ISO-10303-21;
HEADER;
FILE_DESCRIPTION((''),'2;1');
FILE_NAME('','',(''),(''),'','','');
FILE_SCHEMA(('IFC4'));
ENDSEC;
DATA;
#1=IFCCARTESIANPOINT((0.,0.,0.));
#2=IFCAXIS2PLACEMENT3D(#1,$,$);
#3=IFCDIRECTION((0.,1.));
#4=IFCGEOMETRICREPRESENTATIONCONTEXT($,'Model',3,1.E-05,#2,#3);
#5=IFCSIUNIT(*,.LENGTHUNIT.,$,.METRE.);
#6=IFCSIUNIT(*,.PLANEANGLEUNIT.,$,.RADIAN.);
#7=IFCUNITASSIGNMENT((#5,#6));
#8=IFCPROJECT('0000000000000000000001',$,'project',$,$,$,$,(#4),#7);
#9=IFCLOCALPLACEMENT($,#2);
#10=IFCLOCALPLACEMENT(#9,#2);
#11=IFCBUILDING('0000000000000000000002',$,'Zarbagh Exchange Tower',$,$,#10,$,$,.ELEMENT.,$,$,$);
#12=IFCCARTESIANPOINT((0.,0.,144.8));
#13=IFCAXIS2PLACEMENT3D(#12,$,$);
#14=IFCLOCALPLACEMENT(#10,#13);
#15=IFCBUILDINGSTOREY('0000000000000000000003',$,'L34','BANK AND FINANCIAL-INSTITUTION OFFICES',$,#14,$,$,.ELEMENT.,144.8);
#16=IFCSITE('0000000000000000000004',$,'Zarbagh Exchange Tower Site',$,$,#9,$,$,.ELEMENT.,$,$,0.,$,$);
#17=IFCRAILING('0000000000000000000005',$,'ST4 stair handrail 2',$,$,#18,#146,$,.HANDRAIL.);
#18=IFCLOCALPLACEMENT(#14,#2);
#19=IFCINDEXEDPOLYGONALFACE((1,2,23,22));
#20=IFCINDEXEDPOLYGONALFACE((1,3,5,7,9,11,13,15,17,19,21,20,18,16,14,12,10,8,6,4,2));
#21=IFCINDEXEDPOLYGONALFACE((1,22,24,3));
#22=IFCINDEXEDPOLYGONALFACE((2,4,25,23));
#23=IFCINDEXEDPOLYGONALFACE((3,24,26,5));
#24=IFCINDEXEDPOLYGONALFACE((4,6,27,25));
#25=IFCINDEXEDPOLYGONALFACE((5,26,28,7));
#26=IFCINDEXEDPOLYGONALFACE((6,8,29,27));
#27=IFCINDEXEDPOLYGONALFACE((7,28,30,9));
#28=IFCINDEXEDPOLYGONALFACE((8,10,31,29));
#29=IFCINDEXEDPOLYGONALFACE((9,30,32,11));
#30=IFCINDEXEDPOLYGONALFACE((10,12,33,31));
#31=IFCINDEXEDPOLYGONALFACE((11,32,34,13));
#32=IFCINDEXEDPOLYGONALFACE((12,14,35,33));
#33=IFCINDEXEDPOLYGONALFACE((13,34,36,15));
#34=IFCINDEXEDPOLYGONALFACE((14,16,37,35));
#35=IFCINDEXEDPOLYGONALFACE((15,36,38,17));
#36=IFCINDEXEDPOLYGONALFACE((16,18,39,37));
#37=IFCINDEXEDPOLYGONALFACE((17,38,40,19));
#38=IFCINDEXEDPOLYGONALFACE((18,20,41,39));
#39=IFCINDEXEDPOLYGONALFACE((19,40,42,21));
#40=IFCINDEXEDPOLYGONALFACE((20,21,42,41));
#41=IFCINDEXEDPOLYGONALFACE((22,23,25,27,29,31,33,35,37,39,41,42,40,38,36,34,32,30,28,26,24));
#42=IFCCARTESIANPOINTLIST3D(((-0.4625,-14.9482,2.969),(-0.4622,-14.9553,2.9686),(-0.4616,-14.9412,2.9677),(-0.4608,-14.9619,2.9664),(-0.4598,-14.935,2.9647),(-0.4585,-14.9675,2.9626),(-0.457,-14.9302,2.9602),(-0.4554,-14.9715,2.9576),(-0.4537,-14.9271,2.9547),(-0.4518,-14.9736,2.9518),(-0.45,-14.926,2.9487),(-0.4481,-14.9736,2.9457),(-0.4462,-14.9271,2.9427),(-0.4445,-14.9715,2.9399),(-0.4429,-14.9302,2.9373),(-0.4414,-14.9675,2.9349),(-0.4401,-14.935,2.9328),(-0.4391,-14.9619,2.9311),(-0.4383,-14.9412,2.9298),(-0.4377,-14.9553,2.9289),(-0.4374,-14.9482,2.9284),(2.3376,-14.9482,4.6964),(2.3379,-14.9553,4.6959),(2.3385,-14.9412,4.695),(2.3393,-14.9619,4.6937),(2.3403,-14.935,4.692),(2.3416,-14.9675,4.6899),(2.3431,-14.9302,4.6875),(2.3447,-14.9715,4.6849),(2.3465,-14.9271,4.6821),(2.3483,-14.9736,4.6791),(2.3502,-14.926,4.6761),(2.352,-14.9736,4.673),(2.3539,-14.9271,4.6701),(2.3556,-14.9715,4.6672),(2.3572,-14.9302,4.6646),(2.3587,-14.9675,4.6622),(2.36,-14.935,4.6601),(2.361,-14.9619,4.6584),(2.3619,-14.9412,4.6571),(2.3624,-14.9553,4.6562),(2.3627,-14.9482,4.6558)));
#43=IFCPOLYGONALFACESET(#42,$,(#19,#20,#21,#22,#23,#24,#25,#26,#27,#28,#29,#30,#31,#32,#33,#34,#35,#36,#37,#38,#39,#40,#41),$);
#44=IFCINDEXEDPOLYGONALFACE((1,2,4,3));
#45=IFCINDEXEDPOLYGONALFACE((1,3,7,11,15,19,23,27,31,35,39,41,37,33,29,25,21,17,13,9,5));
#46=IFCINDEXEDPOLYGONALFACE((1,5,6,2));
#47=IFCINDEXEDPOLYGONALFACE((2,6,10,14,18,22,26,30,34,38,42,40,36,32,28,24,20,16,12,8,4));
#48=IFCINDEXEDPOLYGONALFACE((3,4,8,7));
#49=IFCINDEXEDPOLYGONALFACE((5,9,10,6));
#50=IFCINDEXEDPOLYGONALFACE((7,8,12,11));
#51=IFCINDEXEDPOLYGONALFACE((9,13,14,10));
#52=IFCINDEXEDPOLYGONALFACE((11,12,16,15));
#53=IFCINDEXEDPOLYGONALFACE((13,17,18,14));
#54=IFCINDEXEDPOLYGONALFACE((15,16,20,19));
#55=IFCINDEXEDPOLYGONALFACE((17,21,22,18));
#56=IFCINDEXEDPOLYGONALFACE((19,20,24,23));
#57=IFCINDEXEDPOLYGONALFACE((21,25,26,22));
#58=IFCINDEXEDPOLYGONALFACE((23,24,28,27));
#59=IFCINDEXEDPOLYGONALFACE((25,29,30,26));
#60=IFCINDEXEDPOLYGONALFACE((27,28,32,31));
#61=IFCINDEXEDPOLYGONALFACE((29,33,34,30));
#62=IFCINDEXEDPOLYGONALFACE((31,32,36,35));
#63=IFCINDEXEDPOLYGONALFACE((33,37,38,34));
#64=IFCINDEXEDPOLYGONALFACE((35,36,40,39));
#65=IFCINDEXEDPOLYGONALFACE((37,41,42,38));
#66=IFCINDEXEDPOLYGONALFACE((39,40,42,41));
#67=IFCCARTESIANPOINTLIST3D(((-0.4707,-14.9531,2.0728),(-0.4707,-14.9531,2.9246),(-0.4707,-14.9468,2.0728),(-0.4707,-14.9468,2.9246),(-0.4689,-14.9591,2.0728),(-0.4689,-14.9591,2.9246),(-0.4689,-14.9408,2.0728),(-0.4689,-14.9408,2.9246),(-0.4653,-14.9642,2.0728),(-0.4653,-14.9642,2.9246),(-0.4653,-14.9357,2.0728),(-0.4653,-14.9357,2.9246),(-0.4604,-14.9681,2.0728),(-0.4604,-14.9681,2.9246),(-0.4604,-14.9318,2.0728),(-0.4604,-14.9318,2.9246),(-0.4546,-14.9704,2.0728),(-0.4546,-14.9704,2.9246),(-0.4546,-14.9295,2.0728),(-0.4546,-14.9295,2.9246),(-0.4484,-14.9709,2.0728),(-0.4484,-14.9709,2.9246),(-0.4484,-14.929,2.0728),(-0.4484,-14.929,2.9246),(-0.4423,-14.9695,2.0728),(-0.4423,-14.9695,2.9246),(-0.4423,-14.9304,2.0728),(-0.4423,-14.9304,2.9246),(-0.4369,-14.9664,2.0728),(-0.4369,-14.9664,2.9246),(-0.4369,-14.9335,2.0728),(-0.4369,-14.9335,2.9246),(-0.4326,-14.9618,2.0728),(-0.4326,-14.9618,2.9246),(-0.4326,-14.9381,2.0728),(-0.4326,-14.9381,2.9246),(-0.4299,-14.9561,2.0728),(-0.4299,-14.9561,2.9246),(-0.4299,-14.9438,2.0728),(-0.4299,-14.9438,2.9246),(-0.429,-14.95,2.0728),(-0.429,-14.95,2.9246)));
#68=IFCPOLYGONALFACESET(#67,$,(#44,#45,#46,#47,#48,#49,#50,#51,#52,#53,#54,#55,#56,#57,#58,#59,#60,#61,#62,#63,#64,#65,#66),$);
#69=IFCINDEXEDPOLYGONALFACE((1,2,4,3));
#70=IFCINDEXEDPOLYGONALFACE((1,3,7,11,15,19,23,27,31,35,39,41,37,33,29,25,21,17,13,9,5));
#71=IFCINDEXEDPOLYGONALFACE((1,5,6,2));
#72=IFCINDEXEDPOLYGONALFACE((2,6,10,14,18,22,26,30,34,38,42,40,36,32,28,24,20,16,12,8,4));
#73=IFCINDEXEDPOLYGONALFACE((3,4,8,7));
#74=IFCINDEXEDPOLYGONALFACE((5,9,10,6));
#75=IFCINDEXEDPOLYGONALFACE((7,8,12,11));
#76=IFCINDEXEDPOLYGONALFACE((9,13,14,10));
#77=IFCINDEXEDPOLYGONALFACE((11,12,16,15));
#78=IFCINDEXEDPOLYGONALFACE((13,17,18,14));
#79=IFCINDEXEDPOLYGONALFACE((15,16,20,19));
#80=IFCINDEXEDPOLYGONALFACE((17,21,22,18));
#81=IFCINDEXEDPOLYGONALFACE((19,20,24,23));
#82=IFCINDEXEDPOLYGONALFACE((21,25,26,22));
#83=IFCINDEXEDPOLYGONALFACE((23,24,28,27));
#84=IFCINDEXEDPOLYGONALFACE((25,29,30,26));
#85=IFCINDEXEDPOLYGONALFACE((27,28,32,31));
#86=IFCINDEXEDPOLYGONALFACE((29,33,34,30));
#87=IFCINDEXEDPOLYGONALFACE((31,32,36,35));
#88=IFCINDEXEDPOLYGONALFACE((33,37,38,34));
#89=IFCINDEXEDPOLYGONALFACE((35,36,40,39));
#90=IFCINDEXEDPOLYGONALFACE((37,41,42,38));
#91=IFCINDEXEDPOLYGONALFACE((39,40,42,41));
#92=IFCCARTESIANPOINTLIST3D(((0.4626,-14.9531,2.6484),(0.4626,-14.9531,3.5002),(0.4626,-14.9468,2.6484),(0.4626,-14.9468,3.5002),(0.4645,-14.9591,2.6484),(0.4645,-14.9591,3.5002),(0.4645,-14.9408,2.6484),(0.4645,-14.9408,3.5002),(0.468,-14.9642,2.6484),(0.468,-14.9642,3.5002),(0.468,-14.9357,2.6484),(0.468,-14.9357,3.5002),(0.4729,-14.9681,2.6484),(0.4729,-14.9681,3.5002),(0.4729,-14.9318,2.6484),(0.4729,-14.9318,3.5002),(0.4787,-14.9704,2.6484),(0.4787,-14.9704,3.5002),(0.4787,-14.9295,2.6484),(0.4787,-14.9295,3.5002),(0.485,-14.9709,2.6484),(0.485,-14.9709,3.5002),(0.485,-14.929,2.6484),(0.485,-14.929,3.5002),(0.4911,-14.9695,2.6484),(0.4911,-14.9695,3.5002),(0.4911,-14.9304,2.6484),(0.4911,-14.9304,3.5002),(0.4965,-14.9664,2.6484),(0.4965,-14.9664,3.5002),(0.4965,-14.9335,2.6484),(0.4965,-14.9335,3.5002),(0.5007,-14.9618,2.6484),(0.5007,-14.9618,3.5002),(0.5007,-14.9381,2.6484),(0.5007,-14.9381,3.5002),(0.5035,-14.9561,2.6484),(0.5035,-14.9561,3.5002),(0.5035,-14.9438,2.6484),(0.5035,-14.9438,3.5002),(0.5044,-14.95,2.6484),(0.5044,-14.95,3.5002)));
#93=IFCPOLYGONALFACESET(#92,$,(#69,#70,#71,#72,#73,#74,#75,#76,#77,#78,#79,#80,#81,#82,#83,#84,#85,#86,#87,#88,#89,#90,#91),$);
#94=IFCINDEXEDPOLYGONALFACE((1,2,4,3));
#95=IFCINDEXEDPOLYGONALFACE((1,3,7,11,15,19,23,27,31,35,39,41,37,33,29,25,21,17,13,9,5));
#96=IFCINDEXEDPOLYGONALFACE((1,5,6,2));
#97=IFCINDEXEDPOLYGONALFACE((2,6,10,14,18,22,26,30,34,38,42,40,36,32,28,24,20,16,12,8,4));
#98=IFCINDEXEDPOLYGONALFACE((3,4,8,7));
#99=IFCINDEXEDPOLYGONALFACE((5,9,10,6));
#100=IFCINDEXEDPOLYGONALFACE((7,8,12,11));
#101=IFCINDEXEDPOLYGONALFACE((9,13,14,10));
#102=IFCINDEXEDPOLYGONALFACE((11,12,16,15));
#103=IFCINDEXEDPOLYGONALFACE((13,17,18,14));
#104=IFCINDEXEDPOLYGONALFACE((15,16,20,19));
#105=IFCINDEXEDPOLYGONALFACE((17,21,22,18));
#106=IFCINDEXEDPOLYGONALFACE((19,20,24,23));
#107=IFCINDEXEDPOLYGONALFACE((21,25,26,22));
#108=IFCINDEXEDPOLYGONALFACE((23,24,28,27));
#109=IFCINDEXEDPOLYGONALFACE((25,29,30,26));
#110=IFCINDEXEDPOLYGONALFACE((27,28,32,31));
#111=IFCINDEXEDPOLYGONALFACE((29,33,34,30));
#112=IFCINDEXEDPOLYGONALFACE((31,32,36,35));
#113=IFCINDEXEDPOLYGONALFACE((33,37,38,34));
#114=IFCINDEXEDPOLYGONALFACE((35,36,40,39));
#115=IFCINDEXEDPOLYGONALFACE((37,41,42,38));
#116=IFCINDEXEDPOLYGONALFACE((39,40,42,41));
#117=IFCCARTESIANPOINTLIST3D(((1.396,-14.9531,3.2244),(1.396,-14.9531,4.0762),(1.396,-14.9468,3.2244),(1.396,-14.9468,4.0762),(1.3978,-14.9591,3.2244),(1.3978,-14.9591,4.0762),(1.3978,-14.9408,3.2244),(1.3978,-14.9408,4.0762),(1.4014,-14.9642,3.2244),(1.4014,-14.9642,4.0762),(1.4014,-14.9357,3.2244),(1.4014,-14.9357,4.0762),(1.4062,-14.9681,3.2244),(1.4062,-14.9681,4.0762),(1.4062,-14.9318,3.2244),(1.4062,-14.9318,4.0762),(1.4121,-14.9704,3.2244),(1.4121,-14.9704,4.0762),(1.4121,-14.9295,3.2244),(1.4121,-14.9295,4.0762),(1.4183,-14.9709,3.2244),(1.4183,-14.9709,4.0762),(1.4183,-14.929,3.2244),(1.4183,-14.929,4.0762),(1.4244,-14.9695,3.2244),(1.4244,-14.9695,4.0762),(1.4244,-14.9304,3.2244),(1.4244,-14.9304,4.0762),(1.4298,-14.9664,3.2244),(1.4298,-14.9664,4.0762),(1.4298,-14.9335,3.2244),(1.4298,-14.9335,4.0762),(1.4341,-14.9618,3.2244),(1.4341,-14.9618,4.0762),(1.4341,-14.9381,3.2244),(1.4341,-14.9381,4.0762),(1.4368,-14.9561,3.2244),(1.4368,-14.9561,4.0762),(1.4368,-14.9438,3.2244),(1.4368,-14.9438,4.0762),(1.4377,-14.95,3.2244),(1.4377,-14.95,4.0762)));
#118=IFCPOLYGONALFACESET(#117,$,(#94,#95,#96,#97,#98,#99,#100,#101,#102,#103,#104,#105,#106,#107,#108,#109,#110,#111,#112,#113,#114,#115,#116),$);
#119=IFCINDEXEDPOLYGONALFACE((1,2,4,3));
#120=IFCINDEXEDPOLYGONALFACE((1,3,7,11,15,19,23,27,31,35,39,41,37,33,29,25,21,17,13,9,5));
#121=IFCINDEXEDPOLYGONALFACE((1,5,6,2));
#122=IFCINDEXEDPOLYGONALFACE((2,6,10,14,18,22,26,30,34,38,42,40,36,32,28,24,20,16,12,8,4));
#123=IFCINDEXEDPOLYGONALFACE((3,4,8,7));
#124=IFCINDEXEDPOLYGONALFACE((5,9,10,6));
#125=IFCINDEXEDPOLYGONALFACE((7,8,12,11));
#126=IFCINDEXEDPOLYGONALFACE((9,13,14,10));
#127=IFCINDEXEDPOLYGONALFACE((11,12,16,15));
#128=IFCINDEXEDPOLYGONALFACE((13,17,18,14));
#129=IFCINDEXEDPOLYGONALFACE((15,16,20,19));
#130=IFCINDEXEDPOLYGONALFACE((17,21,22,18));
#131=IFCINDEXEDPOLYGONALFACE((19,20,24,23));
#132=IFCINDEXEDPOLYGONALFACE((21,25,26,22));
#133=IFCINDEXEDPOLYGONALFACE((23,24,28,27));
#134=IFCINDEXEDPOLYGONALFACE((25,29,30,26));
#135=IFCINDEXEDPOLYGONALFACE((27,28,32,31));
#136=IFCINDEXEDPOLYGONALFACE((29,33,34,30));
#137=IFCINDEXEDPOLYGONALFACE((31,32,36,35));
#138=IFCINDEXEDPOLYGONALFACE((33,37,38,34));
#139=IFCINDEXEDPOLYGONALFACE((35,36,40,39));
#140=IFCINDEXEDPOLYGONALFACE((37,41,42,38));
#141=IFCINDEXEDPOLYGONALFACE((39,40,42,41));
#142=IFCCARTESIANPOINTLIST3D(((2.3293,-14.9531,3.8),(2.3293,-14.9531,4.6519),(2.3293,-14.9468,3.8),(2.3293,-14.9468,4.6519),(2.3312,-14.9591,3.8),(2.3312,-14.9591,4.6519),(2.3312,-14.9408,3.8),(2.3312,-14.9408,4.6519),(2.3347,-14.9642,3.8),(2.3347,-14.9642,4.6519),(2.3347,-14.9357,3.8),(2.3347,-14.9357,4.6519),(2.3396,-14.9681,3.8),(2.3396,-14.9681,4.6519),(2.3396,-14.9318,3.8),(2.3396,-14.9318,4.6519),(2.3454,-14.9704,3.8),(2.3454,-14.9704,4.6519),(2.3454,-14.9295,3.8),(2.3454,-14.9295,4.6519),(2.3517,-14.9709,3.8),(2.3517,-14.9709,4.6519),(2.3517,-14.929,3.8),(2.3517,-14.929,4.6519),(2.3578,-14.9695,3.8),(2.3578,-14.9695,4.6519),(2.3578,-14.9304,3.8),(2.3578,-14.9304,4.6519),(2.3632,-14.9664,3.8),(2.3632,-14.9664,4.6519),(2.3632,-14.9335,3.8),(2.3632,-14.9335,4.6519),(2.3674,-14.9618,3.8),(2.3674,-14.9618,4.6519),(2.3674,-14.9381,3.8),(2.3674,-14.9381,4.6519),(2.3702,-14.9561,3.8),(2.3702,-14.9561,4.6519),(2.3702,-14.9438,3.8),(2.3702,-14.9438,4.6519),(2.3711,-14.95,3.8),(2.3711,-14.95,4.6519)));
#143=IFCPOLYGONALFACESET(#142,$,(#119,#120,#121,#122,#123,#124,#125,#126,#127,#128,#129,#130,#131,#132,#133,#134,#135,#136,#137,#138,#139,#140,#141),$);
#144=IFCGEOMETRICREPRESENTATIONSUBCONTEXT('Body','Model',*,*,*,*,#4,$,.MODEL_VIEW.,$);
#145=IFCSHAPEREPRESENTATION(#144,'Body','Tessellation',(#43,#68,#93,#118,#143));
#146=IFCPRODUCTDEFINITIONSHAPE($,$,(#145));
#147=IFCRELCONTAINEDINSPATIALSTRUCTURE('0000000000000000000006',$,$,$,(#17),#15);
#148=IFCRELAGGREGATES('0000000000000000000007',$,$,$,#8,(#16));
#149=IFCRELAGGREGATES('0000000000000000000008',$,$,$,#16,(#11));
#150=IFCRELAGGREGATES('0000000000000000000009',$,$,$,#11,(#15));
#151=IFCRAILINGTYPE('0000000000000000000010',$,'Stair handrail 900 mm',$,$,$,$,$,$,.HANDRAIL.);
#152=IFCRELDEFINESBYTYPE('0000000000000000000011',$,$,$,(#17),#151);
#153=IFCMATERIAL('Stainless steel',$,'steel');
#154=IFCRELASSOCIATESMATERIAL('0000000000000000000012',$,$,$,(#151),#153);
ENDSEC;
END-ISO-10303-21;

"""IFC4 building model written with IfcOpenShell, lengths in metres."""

from ifc_helpers import new_model, si_unit, direction, frame, origin, origin_2d, place, context, subcontext, project, spatial, circle, extrude, material, type_object, element, save


model = new_model("IFC4")

# Units and contexts
model_context = context("Model", 3, precision=1e-05, world=origin(), true_north=direction((0.0, 1.0)))
body_context = subcontext(model_context, "Body", "Model", "MODEL_VIEW")
ifc_project = project(units=[si_unit("LENGTHUNIT", "METRE"), si_unit("PLANEANGLEUNIT", "RADIAN")], contexts=[model_context])

# Site, building, storey
site_placement = place(None, origin())
site = spatial("IfcSite", under=ifc_project, at=site_placement, Name="Zarbagh Exchange Tower Site", CompositionType="ELEMENT", RefElevation=0.0)
building_placement = place(site_placement, origin())
building = spatial("IfcBuilding", under=site, at=building_placement, Name="Zarbagh Exchange Tower", CompositionType="ELEMENT")
storey_placement = place(building_placement, frame((0.0, 0.0, 144.8)))
storey = spatial("IfcBuildingStorey", under=building, at=storey_placement, Name="L34", Description="BANK AND FINANCIAL-INSTITUTION OFFICES", CompositionType="ELEMENT", Elevation=144.8)

# Shared definitions
ifc_material_1 = material(Name="Stainless steel", Category="steel")

# Railing
railing_type_1 = type_object("IfcRailingType", Name="Stair handrail 900 mm", PredefinedType="HANDRAIL", material=ifc_material_1)
for number, where, name in (
    (1, (-0.45, -14.95, 2.0728), "ST4 stair handrail 2"),
):
    element("IfcRailing", number, at=place(storey_placement, frame(where)), inside=storey, type_object=railing_type_1, Name=name, PredefinedType="HANDRAIL", context=body_context, shape_type="SweptSolid", body=[
        extrude(circle(Radius=0.0239, at=origin_2d()), frame((0.0, 0.0, 0.876), z_axis=(0.85109, 0.0, 0.52502), x_axis=(0.0, 1.0, 0.0)), (0.0, 0.0, 1.0), 3.29),
        extrude(circle(Radius=0.021, at=origin_2d()), origin(), (0.0, 0.0, 1.0), 0.8518),
        extrude(circle(Radius=0.021, at=origin_2d()), frame((0.9333, 0.0, 0.5757)), (0.0, 0.0, 1.0), 0.8518),
        extrude(circle(Radius=0.021, at=origin_2d()), frame((1.8667, 0.0, 1.1516)), (0.0, 0.0, 1.0), 0.8518),
        extrude(circle(Radius=0.021, at=origin_2d()), frame((2.8, 0.0, 1.7273)), (0.0, 0.0, 1.0), 0.8518),
    ])

save(model, "model.ifc")
